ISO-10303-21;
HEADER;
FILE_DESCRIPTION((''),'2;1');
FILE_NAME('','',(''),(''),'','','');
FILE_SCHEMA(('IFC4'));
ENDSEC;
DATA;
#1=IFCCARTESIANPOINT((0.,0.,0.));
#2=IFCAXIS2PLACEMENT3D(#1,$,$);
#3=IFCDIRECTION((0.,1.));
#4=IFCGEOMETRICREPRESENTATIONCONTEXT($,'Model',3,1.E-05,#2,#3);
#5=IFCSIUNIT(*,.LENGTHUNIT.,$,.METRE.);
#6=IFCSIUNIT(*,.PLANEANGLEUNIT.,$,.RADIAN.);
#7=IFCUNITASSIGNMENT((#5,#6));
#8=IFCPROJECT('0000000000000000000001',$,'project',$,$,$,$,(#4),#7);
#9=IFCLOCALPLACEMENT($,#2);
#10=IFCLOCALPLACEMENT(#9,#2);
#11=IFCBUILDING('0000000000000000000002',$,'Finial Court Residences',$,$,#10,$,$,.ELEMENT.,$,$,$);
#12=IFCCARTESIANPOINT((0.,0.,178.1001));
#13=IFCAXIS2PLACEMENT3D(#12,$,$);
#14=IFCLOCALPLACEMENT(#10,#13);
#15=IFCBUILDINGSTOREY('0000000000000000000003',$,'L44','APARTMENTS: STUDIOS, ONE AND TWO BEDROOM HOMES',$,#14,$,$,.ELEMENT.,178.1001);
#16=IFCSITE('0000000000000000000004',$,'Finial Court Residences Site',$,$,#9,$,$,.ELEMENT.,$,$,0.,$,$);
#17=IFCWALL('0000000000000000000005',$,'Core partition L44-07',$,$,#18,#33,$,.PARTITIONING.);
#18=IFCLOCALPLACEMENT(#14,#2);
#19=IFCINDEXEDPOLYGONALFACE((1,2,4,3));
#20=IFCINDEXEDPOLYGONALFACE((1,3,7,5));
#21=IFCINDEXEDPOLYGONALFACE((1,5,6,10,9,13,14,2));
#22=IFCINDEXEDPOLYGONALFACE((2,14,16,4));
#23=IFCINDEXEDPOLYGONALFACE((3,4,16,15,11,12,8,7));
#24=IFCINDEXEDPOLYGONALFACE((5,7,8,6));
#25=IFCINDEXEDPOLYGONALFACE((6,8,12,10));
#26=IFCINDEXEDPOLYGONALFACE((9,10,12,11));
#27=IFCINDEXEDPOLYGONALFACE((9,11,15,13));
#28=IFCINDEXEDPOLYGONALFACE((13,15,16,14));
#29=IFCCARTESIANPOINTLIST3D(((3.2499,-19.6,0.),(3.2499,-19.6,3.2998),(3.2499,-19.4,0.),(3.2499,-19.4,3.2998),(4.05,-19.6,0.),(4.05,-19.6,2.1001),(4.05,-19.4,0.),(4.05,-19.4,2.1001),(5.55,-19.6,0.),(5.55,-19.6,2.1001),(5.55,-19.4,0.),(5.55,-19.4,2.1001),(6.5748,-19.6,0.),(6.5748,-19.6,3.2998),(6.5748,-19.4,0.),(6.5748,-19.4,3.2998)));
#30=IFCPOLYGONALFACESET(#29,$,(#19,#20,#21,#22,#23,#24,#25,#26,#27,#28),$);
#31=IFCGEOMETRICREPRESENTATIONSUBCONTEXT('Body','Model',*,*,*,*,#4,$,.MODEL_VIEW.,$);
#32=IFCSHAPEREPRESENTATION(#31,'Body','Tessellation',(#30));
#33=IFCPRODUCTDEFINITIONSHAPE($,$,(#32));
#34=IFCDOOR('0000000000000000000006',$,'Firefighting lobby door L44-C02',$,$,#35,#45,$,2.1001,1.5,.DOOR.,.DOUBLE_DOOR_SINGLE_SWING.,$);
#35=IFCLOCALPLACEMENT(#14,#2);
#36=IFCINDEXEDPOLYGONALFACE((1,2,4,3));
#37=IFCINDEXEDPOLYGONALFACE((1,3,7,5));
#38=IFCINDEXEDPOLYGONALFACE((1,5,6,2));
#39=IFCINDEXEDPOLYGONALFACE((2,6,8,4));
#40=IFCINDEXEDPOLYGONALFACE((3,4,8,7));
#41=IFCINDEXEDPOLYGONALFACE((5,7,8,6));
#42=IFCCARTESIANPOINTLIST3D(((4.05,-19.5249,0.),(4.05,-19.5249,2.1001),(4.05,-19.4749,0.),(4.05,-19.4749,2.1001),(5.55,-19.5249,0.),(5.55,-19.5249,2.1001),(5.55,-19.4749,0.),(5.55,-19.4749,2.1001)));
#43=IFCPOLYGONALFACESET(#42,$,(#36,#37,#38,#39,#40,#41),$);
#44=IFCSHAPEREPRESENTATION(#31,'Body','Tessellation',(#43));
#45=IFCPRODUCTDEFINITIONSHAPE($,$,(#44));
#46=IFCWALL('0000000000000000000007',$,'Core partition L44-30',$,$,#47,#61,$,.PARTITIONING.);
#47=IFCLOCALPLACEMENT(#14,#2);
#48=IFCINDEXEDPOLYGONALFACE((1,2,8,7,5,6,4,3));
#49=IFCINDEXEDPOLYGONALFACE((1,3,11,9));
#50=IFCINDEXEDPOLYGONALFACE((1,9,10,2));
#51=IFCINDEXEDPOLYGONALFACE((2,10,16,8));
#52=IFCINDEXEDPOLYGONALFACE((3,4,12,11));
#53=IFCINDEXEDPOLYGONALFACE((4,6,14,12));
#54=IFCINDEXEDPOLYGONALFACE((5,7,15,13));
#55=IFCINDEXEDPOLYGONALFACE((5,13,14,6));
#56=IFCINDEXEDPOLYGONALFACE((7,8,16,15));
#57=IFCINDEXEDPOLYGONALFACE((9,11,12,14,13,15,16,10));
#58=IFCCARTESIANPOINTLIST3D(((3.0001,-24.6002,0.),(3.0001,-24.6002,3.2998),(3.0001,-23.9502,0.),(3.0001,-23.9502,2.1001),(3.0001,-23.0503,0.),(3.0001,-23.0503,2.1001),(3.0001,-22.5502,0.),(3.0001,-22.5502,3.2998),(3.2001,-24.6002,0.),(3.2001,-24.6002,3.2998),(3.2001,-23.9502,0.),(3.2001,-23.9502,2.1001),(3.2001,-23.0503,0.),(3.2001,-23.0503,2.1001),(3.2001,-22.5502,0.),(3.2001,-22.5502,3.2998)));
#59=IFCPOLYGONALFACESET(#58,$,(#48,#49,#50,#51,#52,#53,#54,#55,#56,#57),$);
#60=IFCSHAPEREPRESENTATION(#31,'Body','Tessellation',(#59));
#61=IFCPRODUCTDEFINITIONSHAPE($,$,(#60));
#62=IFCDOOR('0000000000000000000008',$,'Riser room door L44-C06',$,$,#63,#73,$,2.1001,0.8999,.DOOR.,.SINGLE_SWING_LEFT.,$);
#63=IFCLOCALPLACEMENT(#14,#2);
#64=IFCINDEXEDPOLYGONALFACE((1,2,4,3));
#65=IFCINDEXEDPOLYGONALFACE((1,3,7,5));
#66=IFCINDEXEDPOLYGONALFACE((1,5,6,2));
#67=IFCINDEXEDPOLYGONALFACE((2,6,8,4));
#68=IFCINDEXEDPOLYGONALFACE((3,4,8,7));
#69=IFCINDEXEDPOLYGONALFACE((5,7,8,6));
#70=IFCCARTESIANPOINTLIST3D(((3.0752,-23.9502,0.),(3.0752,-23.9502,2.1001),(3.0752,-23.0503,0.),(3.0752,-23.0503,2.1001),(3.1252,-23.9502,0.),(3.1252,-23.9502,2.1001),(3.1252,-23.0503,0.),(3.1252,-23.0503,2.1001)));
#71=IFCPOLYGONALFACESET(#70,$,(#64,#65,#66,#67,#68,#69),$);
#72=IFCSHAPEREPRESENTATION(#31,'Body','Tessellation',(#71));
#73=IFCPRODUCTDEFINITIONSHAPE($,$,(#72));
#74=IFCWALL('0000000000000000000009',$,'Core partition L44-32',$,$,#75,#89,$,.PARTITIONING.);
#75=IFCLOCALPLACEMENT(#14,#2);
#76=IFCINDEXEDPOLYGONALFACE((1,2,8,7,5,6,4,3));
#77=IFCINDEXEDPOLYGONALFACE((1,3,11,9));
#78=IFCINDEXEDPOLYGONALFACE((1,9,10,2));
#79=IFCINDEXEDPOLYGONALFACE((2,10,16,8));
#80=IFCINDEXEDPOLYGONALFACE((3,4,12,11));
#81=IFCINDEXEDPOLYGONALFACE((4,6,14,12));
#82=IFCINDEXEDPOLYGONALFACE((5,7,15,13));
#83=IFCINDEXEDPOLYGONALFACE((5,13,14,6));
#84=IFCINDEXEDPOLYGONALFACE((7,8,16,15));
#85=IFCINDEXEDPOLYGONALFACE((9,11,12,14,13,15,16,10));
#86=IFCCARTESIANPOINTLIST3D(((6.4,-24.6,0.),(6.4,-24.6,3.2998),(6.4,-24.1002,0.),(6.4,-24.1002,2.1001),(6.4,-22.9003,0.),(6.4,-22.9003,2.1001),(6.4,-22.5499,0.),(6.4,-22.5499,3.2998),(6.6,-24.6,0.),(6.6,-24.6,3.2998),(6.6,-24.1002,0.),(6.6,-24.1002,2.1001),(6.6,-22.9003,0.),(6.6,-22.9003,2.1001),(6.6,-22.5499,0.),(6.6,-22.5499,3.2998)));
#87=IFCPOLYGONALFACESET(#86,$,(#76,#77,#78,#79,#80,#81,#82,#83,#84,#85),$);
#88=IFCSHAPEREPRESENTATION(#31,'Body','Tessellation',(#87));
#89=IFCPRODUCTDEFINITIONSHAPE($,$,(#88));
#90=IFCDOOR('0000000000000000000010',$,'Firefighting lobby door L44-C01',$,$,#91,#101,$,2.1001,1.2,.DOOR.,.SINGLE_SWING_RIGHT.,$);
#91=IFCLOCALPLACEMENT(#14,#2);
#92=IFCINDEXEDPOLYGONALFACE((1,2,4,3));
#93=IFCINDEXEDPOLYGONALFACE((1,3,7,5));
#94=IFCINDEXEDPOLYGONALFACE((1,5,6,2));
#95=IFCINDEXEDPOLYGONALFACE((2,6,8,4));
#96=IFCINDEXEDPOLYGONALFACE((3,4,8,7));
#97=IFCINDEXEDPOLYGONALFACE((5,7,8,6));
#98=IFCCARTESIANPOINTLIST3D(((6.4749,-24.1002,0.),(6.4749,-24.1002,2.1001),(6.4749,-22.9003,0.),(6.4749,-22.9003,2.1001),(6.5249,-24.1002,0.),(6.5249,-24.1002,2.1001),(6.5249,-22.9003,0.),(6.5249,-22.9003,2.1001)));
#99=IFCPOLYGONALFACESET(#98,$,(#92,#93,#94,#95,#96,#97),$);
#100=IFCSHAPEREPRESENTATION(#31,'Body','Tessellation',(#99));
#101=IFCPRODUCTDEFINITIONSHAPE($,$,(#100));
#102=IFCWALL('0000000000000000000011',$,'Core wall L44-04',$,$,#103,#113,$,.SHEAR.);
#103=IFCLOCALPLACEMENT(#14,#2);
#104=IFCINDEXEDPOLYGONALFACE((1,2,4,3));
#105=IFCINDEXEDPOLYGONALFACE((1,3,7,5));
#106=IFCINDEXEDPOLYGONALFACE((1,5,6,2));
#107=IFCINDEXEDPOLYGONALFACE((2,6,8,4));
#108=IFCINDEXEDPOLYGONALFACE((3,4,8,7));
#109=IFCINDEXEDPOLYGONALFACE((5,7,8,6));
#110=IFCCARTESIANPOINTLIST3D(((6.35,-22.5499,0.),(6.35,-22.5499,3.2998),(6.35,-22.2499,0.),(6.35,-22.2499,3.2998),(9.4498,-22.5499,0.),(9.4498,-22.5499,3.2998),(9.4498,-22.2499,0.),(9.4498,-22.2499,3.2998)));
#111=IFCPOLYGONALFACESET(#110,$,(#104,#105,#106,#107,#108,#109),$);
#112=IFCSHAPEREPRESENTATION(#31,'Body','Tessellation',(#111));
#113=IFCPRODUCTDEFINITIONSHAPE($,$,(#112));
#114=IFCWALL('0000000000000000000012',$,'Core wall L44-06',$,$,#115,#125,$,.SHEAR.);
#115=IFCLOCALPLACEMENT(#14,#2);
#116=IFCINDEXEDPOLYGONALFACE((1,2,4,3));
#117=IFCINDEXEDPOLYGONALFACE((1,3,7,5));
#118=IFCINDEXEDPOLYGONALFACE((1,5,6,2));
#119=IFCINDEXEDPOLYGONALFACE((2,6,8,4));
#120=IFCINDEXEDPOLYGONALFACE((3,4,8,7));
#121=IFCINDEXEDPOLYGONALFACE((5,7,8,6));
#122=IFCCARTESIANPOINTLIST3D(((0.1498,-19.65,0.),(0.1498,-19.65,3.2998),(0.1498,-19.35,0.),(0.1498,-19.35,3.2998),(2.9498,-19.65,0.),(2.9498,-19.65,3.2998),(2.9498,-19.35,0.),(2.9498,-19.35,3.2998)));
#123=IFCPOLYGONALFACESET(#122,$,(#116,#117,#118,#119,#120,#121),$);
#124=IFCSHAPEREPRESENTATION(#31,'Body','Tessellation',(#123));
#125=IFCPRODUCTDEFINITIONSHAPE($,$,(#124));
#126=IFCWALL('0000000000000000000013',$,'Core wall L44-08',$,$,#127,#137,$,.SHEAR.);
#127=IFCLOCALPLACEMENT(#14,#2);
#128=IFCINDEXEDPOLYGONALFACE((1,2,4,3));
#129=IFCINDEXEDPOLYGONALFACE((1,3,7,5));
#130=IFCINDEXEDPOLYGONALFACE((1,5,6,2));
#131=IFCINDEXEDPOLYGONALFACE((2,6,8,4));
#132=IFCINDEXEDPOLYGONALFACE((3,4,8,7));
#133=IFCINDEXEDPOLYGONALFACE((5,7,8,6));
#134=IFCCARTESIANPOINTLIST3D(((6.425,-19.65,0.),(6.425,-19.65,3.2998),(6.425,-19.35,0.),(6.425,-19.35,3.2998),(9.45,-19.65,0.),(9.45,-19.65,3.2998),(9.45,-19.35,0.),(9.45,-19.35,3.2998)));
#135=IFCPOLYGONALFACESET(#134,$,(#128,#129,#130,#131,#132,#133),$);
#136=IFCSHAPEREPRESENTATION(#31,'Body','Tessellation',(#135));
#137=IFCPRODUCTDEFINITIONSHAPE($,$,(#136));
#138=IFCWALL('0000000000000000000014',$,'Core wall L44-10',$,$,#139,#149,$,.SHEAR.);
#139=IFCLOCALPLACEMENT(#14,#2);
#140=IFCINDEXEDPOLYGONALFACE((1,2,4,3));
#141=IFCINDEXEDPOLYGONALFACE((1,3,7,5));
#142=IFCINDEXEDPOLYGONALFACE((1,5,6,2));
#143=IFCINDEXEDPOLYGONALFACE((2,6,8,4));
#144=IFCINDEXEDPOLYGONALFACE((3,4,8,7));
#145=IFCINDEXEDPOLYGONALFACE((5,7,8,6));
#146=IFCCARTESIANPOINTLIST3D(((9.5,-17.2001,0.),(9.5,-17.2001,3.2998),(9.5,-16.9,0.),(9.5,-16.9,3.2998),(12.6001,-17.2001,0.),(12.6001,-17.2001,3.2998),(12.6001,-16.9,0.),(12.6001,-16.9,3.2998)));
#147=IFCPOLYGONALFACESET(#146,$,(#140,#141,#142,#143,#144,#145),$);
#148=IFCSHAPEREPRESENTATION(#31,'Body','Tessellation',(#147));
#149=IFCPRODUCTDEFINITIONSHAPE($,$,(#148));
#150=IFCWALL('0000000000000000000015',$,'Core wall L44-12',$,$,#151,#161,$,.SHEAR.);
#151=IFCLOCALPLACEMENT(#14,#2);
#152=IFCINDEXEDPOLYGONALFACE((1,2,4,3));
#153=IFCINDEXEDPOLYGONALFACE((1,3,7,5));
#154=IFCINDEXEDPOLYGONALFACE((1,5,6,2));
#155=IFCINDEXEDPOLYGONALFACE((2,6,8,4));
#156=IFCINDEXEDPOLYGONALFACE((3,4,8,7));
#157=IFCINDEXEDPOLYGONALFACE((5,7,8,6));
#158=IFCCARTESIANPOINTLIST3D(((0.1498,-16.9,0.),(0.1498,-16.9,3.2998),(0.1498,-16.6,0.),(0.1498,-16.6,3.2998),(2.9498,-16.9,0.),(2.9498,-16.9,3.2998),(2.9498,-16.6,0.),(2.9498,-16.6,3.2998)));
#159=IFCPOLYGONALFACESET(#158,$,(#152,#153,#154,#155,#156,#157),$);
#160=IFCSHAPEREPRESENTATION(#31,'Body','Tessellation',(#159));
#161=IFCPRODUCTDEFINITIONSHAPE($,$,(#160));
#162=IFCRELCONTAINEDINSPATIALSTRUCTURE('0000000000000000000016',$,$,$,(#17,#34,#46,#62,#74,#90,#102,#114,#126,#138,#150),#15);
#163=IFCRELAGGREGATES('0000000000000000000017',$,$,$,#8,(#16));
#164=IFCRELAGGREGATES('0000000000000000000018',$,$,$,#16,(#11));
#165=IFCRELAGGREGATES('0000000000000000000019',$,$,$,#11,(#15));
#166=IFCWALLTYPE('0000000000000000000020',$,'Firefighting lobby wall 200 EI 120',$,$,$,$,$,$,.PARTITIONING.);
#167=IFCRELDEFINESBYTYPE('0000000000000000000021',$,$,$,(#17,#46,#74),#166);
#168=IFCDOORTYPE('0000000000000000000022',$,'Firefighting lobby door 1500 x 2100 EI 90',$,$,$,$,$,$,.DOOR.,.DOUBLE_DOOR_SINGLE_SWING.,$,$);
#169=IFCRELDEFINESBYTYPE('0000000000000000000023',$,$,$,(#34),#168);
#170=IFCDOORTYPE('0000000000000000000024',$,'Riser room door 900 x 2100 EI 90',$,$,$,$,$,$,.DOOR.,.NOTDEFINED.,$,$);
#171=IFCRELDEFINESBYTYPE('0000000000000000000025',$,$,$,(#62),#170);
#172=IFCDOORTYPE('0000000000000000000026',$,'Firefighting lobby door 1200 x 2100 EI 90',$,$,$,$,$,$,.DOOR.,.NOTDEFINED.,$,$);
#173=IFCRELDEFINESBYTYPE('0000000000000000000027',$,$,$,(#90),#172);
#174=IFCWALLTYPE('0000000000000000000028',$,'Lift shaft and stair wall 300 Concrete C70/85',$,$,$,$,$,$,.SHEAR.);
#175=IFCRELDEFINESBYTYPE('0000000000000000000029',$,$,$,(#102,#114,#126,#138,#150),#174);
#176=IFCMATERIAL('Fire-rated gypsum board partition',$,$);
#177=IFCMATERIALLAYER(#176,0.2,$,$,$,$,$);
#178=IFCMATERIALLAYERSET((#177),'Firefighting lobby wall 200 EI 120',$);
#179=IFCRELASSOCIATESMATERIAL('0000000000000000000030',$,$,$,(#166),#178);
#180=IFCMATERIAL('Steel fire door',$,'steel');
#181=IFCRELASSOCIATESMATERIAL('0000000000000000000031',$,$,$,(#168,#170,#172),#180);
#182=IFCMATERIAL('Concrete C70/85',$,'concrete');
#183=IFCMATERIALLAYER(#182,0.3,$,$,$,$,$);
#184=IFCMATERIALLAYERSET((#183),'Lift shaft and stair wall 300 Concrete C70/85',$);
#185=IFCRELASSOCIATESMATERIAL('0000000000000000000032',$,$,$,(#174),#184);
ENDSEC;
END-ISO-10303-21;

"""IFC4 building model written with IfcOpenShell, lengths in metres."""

from ifc_helpers import new_model, si_unit, direction, frame, frame_2d, origin, place, context, subcontext, project, spatial, rectangle, extrude, material, layer, layer_set, type_object, element, fill, save


model = new_model("IFC4")

# Units and contexts
model_context = context("Model", 3, precision=1e-05, world=origin(), true_north=direction((0.0, 1.0)))
body_context = subcontext(model_context, "Body", "Model", "MODEL_VIEW")
ifc_project = project(units=[si_unit("LENGTHUNIT", "METRE"), si_unit("PLANEANGLEUNIT", "RADIAN")], contexts=[model_context])

# Site, building, storey
site_placement = place(None, origin())
site = spatial("IfcSite", under=ifc_project, at=site_placement, Name="Finial Court Residences Site", CompositionType="ELEMENT", RefElevation=0.0)
building_placement = place(site_placement, origin())
building = spatial("IfcBuilding", under=site, at=building_placement, Name="Finial Court Residences", CompositionType="ELEMENT")
storey_placement = place(building_placement, frame((0.0, 0.0, 178.1001)))
storey = spatial("IfcBuildingStorey", under=building, at=storey_placement, Name="L44", Description="APARTMENTS: STUDIOS, ONE AND TWO BEDROOM HOMES", CompositionType="ELEMENT", Elevation=178.1001)

# Walls, openings, doors
ifc_material_1 = material(Name="Fire-rated gypsum board partition")
ifc_layer_1 = layer(ifc_material_1, 0.2)
ifc_layer_set_1 = layer_set([ifc_layer_1], Name="Firefighting lobby wall 200 EI 120")
wall_type_1 = type_object("IfcWallType", Name="Firefighting lobby wall 200 EI 120", PredefinedType="PARTITIONING", material=ifc_layer_set_1)
wall_1_placement = place(storey_placement, frame((6.575, -19.5, 0.0), z_axis=(0.0, 0.0, 1.0), x_axis=(-1.0, 0.0, 0.0)))
wall_1 = element("IfcWall", 1, at=wall_1_placement, inside=storey, type_object=wall_type_1, Name="Core partition L44-07", PredefinedType="PARTITIONING", context=body_context, shape_type="SweptSolid", body=[
    extrude(rectangle(XDim=3.325, YDim=0.2, at=frame_2d((1.6626, 0.0))), origin(), (0.0, 0.0, 1.0), 3.2998),
])
opening_1_placement = place(wall_1_placement, frame((1.0249, 0.0, 0.0)))
opening_1 = element("IfcOpeningElement", 2, at=opening_1_placement, cuts=wall_1, PredefinedType="OPENING", context=body_context, shape_type="SweptSolid", body=[
    extrude(rectangle(XDim=1.5, YDim=2.1001, at=frame_2d((0.75, 1.05))), frame((0.0, 0.1099, 0.0), z_axis=(0.0, -1.0, 0.0), x_axis=(1.0, 0.0, 0.0)), (0.0, 0.0, 1.0), 0.22),
])
ifc_material_2 = material(Name="Steel fire door", Category="steel")
door_type_1 = type_object("IfcDoorType", Name="Firefighting lobby door 1500 x 2100 EI 90", OperationType="DOUBLE_DOOR_SINGLE_SWING", PredefinedType="DOOR", material=ifc_material_2)
door_1_placement = place(opening_1_placement, origin())
door_1 = element("IfcDoor", 3, at=door_1_placement, inside=storey, type_object=door_type_1, Name="Firefighting lobby door L44-C02", OperationType="DOUBLE_DOOR_SINGLE_SWING", OverallHeight=2.1001, OverallWidth=1.5, PredefinedType="DOOR", context=body_context, shape_type="SweptSolid", body=[
    extrude(rectangle(XDim=1.5, YDim=2.1001, at=frame_2d((0.75, 1.05))), frame((0.0, 0.0249, 0.0), z_axis=(0.0, -1.0, 0.0), x_axis=(1.0, 0.0, 0.0)), (0.0, 0.0, 1.0), 0.05),
])
fill(opening_1, door_1)
wall_2_placement = place(storey_placement, frame((3.1001, -24.6001, 0.0), z_axis=(0.0, 0.0, 1.0), x_axis=(0.0, 1.0, 0.0)))
wall_2 = element("IfcWall", 4, at=wall_2_placement, inside=storey, type_object=wall_type_1, Name="Core partition L44-30", PredefinedType="PARTITIONING", context=body_context, shape_type="SweptSolid", body=[
    extrude(rectangle(XDim=2.05, YDim=0.2, at=frame_2d((1.0249, 0.0))), origin(), (0.0, 0.0, 1.0), 3.2998),
])
opening_2_placement = place(wall_2_placement, frame((0.6499, 0.0, 0.0)))
opening_2 = element("IfcOpeningElement", 5, at=opening_2_placement, cuts=wall_2, PredefinedType="OPENING", context=body_context, shape_type="SweptSolid", body=[
    extrude(rectangle(XDim=0.8999, YDim=2.1001, at=frame_2d((0.45, 1.05))), frame((0.0, 0.1099, 0.0), z_axis=(0.0, -1.0, 0.0), x_axis=(1.0, 0.0, 0.0)), (0.0, 0.0, 1.0), 0.22),
])
door_type_2 = type_object("IfcDoorType", Name="Riser room door 900 x 2100 EI 90", OperationType="NOTDEFINED", PredefinedType="DOOR", material=ifc_material_2)
door_2_placement = place(opening_2_placement, origin())
door_2 = element("IfcDoor", 6, at=door_2_placement, inside=storey, type_object=door_type_2, Name="Riser room door L44-C06", OperationType="SINGLE_SWING_LEFT", OverallHeight=2.1001, OverallWidth=0.8999, PredefinedType="DOOR", context=body_context, shape_type="SweptSolid", body=[
    extrude(rectangle(XDim=0.8999, YDim=2.1001, at=frame_2d((0.45, 1.05))), frame((0.0, 0.0249, 0.0), z_axis=(0.0, -1.0, 0.0), x_axis=(1.0, 0.0, 0.0)), (0.0, 0.0, 1.0), 0.05),
])
fill(opening_2, door_2)
wall_3_placement = place(storey_placement, frame((6.5, -22.55, 0.0), z_axis=(0.0, 0.0, 1.0), x_axis=(0.0, -1.0, 0.0)))
wall_3 = element("IfcWall", 7, at=wall_3_placement, inside=storey, type_object=wall_type_1, Name="Core partition L44-32", PredefinedType="PARTITIONING", context=body_context, shape_type="SweptSolid", body=[
    extrude(rectangle(XDim=2.05, YDim=0.2, at=frame_2d((1.0249, 0.0))), origin(), (0.0, 0.0, 1.0), 3.2998),
])
opening_3_placement = place(wall_3_placement, frame((0.3501, 0.0, 0.0)))
opening_3 = element("IfcOpeningElement", 8, at=opening_3_placement, cuts=wall_3, PredefinedType="OPENING", context=body_context, shape_type="SweptSolid", body=[
    extrude(rectangle(XDim=1.2, YDim=2.1001, at=frame_2d((0.6001, 1.05))), frame((0.0, 0.1099, 0.0), z_axis=(0.0, -1.0, 0.0), x_axis=(1.0, 0.0, 0.0)), (0.0, 0.0, 1.0), 0.22),
])
door_type_3 = type_object("IfcDoorType", Name="Firefighting lobby door 1200 x 2100 EI 90", OperationType="NOTDEFINED", PredefinedType="DOOR", material=ifc_material_2)
door_3_placement = place(opening_3_placement, origin())
door_3 = element("IfcDoor", 9, at=door_3_placement, inside=storey, type_object=door_type_3, Name="Firefighting lobby door L44-C01", OperationType="SINGLE_SWING_RIGHT", OverallHeight=2.1001, OverallWidth=1.2, PredefinedType="DOOR", context=body_context, shape_type="SweptSolid", body=[
    extrude(rectangle(XDim=1.2, YDim=2.1001, at=frame_2d((0.6001, 1.05))), frame((0.0, 0.0249, 0.0), z_axis=(0.0, -1.0, 0.0), x_axis=(1.0, 0.0, 0.0)), (0.0, 0.0, 1.0), 0.05),
])
fill(opening_3, door_3)

# Walls
ifc_material_3 = material(Name="Concrete C70/85", Category="concrete")
ifc_layer_2 = layer(ifc_material_3, 0.3)
ifc_layer_set_2 = layer_set([ifc_layer_2], Name="Lift shaft and stair wall 300 Concrete C70/85")
wall_type_2 = type_object("IfcWallType", Name="Lift shaft and stair wall 300 Concrete C70/85", PredefinedType="SHEAR", material=ifc_layer_set_2)
wall_4_placement = place(storey_placement, frame((6.3501, -22.3999, 0.0), z_axis=(0.0, 0.0, 1.0), x_axis=(1.0, 0.0, 0.0)))
element("IfcWall", 10, at=wall_4_placement, inside=storey, type_object=wall_type_2, Name="Core wall L44-04", PredefinedType="SHEAR", context=body_context, shape_type="SweptSolid", body=[
    extrude(rectangle(XDim=3.0999, YDim=0.3, at=frame_2d((1.5498, 0.0))), origin(), (0.0, 0.0, 1.0), 3.2998),
])
wall_5_placement = place(storey_placement, frame((0.1499, -19.5, 0.0), z_axis=(0.0, 0.0, 1.0), x_axis=(1.0, 0.0, 0.0)))
element("IfcWall", 11, at=wall_5_placement, inside=storey, type_object=wall_type_2, Name="Core wall L44-06", PredefinedType="SHEAR", context=body_context, shape_type="SweptSolid", body=[
    extrude(rectangle(XDim=2.8, YDim=0.3, at=frame_2d((1.3999, 0.0))), origin(), (0.0, 0.0, 1.0), 3.2998),
])
wall_6_placement = place(storey_placement, frame((6.425, -19.5, 0.0), z_axis=(0.0, 0.0, 1.0), x_axis=(1.0, 0.0, 0.0)))
element("IfcWall", 12, at=wall_6_placement, inside=storey, type_object=wall_type_2, Name="Core wall L44-08", PredefinedType="SHEAR", context=body_context, shape_type="SweptSolid", body=[
    extrude(rectangle(XDim=3.0249, YDim=0.3, at=frame_2d((1.5125, 0.0))), origin(), (0.0, 0.0, 1.0), 3.2998),
])
wall_7_placement = place(storey_placement, frame((9.5, -17.05, 0.0), z_axis=(0.0, 0.0, 1.0), x_axis=(1.0, 0.0, 0.0)))
element("IfcWall", 13, at=wall_7_placement, inside=storey, type_object=wall_type_2, Name="Core wall L44-10", PredefinedType="SHEAR", context=body_context, shape_type="SweptSolid", body=[
    extrude(rectangle(XDim=3.1001, YDim=0.3, at=frame_2d((1.55, 0.0))), origin(), (0.0, 0.0, 1.0), 3.2998),
])
wall_8_placement = place(storey_placement, frame((0.1499, -16.75, 0.0), z_axis=(0.0, 0.0, 1.0), x_axis=(1.0, 0.0, 0.0)))
element("IfcWall", 14, at=wall_8_placement, inside=storey, type_object=wall_type_2, Name="Core wall L44-12", PredefinedType="SHEAR", context=body_context, shape_type="SweptSolid", body=[
    extrude(rectangle(XDim=2.8, YDim=0.3, at=frame_2d((1.3999, 0.0))), origin(), (0.0, 0.0, 1.0), 3.2998),
])

save(model, "model.ifc")
